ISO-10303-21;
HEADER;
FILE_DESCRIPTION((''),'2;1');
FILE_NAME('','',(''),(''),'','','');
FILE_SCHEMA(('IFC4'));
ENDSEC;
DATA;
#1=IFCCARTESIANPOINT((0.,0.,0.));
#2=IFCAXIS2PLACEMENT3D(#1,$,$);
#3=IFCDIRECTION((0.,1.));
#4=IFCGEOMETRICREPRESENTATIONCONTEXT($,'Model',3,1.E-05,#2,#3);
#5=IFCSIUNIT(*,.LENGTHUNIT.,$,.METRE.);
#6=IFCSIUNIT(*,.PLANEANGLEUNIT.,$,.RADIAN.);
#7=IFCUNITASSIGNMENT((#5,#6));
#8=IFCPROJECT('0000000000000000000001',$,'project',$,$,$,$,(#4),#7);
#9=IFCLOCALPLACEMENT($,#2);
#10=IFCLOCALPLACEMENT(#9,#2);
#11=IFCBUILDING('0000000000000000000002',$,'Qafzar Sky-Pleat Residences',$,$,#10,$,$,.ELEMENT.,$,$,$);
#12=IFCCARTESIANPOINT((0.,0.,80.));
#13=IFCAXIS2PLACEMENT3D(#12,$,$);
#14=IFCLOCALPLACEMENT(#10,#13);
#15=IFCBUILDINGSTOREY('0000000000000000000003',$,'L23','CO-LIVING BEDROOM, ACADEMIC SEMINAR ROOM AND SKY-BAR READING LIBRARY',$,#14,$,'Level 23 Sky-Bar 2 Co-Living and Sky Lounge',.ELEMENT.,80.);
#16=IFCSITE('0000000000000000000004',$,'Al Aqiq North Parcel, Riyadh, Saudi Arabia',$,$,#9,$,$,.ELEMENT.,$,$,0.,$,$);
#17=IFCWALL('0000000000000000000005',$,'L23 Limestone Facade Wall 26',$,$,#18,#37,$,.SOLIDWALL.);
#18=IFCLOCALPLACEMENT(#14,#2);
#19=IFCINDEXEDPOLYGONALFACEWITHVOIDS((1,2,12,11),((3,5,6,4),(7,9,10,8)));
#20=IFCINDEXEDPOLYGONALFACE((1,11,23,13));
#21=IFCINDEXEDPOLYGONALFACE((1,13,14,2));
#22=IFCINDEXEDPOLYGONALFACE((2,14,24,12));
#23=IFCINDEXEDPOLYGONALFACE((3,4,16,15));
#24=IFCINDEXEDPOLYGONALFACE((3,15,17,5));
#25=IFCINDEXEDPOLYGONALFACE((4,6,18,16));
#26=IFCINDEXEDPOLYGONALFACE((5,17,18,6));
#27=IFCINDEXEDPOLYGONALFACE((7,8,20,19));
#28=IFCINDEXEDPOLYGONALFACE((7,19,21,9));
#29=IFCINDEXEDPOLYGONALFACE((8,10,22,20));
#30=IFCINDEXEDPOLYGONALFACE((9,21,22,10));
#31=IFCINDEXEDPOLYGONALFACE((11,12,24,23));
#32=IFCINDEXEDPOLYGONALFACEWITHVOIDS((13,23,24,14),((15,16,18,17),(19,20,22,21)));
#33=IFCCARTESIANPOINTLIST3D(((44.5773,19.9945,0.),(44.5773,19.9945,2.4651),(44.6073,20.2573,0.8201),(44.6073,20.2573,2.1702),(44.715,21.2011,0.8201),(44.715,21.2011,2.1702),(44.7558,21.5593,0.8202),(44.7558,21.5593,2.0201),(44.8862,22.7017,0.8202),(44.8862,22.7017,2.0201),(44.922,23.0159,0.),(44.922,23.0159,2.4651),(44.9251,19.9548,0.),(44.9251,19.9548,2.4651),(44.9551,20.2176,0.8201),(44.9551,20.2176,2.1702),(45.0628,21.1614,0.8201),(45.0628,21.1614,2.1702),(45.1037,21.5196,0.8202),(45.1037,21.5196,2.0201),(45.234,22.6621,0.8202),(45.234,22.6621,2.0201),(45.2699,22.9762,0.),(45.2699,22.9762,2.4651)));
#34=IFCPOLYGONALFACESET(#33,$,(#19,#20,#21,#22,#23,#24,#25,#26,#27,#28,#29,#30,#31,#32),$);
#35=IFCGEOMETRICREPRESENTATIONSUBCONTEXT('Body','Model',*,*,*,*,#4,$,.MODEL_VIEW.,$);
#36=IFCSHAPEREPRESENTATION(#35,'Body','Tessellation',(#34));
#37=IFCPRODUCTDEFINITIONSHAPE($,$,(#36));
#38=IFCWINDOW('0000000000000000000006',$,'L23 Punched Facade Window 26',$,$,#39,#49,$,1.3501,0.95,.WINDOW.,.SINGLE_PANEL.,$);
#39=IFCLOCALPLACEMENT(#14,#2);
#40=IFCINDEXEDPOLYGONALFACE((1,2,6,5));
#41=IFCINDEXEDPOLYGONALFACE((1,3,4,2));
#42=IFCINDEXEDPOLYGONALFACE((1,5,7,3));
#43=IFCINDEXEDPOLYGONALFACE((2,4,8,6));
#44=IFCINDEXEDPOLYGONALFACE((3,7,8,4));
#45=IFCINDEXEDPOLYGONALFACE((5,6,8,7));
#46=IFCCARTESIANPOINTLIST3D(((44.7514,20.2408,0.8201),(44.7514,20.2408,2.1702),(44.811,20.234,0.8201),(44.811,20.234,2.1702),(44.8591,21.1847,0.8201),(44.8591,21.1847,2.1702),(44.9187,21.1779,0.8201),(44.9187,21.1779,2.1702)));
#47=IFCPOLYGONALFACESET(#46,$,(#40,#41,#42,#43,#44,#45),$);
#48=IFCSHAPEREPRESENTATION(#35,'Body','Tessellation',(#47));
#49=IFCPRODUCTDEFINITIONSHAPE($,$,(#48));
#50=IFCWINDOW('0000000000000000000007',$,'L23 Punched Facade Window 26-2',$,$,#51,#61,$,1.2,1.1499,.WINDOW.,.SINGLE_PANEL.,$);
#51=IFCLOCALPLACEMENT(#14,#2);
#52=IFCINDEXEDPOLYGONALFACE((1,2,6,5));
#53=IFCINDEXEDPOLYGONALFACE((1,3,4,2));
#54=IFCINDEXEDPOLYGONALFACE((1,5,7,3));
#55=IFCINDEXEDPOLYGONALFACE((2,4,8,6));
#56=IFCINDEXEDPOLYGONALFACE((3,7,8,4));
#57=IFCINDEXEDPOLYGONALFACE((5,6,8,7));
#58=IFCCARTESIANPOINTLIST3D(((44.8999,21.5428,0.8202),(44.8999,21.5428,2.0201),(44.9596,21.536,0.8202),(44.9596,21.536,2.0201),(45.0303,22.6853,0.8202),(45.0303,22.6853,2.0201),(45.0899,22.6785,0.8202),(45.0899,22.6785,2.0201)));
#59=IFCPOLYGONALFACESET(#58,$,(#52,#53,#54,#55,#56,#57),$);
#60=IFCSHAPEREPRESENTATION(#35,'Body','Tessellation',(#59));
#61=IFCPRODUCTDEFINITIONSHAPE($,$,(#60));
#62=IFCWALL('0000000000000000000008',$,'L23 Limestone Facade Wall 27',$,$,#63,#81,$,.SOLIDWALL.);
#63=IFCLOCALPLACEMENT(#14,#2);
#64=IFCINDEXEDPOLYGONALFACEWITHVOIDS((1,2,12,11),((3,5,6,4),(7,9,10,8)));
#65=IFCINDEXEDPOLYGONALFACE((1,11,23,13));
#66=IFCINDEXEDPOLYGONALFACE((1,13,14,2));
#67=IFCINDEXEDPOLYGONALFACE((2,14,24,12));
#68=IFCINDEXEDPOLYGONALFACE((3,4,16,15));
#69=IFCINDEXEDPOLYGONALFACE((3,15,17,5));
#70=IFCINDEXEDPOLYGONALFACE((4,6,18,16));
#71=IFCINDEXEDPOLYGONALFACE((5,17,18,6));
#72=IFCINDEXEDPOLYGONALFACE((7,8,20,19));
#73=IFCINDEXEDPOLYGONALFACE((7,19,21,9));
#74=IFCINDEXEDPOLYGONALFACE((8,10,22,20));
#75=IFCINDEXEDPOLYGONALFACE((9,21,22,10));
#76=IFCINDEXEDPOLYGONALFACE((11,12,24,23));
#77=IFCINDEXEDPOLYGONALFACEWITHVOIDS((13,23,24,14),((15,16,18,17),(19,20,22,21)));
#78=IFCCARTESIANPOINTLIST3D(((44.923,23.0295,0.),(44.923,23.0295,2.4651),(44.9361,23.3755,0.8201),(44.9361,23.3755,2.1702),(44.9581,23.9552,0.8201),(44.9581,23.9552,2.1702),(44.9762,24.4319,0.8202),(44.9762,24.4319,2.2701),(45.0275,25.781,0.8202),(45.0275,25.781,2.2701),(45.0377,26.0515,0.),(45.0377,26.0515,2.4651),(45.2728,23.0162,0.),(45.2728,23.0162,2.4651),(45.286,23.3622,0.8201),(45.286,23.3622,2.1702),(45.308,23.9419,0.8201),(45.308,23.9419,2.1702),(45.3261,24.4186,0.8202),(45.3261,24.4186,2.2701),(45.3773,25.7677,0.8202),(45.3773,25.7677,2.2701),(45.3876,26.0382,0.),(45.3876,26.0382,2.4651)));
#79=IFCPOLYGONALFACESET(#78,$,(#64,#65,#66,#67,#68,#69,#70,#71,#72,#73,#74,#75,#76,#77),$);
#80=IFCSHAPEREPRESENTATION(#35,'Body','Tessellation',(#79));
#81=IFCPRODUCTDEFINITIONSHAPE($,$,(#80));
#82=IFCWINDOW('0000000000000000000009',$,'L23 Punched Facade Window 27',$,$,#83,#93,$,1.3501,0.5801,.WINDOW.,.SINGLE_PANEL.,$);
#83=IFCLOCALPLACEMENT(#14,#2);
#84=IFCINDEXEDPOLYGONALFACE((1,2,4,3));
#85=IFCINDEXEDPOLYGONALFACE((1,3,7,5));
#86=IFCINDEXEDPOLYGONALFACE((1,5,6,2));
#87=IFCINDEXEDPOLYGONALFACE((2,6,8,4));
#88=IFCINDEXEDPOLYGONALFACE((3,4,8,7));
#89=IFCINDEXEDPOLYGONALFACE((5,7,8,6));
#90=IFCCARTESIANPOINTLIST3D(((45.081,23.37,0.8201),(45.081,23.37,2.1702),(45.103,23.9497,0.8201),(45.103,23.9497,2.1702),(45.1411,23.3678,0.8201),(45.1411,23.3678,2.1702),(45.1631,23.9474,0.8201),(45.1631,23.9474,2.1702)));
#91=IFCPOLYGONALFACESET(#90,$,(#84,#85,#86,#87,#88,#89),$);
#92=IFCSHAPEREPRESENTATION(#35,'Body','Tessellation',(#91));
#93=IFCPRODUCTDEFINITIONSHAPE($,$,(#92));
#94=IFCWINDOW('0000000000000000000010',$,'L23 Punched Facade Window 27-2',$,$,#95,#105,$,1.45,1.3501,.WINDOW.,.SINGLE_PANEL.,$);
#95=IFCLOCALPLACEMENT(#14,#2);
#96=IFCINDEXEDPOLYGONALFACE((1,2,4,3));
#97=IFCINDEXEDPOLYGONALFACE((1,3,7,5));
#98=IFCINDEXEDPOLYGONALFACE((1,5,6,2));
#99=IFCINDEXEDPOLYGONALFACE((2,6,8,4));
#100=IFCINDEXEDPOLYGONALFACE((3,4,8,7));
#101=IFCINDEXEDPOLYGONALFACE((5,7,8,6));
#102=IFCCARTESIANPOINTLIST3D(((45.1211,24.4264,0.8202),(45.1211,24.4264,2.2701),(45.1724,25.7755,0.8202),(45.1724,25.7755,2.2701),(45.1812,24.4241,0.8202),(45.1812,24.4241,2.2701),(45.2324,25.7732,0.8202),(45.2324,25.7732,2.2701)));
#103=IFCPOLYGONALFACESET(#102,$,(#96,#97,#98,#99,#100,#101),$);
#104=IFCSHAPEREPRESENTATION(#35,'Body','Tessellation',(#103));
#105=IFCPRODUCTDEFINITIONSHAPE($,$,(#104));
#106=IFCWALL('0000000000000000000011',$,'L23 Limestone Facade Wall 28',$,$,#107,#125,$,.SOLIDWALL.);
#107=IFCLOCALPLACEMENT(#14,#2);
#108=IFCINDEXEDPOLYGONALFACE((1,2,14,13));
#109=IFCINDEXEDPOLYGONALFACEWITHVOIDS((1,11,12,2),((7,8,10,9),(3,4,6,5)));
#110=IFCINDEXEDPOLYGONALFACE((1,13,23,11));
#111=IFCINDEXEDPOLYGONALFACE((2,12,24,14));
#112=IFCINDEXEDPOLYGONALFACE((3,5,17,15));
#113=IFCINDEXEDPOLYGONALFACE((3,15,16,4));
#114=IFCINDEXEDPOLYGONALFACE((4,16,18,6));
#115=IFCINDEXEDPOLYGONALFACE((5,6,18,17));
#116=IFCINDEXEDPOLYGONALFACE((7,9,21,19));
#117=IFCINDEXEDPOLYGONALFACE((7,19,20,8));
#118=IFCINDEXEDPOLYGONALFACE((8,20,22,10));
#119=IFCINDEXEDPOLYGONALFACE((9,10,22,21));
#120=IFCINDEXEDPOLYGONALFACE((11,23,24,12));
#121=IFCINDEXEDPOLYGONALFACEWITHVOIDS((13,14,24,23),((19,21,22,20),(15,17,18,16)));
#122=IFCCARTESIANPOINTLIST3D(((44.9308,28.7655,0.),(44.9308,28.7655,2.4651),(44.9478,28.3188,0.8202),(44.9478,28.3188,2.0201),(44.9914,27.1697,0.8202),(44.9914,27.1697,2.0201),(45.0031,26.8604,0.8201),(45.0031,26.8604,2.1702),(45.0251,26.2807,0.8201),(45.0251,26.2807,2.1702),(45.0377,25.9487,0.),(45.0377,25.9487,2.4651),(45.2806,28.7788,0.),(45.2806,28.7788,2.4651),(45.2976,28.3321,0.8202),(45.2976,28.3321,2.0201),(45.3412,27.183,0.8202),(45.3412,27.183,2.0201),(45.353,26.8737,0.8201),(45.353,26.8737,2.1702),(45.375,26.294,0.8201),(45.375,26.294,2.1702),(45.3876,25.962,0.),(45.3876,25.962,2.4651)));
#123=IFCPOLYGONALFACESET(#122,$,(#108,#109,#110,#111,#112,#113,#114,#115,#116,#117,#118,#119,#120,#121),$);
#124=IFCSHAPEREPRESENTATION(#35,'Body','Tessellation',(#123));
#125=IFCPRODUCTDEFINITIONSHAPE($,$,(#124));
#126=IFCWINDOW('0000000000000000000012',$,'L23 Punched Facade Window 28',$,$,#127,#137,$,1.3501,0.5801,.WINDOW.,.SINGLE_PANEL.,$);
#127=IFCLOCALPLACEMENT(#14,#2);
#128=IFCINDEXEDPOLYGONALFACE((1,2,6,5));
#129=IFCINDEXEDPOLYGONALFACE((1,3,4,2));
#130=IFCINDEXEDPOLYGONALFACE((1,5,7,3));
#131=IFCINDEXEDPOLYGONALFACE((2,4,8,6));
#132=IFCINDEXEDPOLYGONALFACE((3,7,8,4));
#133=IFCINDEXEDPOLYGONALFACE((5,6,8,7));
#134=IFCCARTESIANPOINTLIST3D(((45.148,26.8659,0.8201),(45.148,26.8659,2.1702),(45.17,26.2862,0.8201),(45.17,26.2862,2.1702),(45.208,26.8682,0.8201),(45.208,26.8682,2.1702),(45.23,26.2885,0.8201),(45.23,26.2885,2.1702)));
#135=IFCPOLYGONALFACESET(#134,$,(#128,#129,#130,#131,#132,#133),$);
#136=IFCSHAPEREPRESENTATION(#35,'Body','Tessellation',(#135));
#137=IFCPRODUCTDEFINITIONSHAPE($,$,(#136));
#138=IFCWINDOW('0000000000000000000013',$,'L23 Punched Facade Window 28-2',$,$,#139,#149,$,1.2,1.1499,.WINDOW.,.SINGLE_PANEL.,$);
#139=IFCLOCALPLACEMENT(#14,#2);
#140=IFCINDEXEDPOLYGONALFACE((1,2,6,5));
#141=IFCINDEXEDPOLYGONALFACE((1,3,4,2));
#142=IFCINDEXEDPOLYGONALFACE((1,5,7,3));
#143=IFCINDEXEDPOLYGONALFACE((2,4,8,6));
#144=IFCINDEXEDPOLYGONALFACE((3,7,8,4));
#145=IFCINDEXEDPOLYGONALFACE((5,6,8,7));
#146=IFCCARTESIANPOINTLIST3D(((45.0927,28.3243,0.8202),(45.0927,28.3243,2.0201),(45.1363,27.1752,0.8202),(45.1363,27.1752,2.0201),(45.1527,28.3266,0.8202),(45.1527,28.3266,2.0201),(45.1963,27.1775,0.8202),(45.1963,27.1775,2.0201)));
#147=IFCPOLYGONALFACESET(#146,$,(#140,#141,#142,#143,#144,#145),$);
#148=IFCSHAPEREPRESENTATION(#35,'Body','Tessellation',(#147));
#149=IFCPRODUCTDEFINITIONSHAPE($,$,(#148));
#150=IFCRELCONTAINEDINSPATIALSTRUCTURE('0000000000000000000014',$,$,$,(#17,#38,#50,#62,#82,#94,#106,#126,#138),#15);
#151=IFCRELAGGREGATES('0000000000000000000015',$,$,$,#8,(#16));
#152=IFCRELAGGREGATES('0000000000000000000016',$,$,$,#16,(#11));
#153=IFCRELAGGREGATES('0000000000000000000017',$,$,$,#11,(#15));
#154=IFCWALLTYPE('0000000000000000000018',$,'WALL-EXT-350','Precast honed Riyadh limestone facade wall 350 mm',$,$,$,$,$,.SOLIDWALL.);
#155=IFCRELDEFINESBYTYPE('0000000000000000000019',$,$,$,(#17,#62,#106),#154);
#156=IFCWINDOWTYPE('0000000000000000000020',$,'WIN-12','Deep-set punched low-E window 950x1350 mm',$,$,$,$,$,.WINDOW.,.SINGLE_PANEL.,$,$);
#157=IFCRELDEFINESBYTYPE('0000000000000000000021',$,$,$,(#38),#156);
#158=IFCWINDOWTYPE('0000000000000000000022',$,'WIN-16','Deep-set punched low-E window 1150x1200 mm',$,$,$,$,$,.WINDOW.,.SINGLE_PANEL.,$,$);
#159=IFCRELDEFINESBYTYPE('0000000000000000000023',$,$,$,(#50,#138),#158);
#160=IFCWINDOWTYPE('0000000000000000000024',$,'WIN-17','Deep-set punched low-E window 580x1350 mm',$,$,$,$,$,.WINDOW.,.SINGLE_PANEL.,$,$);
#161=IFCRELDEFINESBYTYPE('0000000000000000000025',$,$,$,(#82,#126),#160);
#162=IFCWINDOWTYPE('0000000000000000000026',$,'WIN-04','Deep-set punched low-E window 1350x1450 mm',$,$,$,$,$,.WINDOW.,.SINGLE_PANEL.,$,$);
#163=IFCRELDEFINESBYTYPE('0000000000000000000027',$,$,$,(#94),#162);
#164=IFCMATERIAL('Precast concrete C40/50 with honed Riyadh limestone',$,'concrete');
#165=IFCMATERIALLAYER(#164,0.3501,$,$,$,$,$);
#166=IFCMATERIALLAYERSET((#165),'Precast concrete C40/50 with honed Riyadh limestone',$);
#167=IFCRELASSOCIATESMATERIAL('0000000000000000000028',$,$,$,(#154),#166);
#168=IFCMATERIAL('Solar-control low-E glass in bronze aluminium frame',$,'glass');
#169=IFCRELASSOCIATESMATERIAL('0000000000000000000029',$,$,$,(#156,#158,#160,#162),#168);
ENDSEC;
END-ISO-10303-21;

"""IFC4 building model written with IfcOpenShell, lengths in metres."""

from ifc_helpers import new_model, si_unit, direction, frame, frame_2d, origin, place, context, subcontext, project, spatial, rectangle, extrude, source, transform, mapped, material, layer, layer_set, type_object, element, fill, save


model = new_model("IFC4")

# Units and contexts
model_context = context("Model", 3, precision=1e-05, world=origin(), true_north=direction((0.0, 1.0)))
body_context = subcontext(model_context, "Body", "Model", "MODEL_VIEW")
ifc_project = project(units=[si_unit("LENGTHUNIT", "METRE"), si_unit("PLANEANGLEUNIT", "RADIAN")], contexts=[model_context])

# Site, building, storey
site_placement = place(None, origin())
site = spatial("IfcSite", under=ifc_project, at=site_placement, Name="Al Aqiq North Parcel, Riyadh, Saudi Arabia", CompositionType="ELEMENT", RefElevation=0.0)
building_placement = place(site_placement, origin())
building = spatial("IfcBuilding", under=site, at=building_placement, Name="Qafzar Sky-Pleat Residences", CompositionType="ELEMENT")
storey_placement = place(building_placement, frame((0.0, 0.0, 80.0)))
storey = spatial("IfcBuildingStorey", under=building, at=storey_placement, Name="L23", Description="CO-LIVING BEDROOM, ACADEMIC SEMINAR ROOM AND SKY-BAR READING LIBRARY", LongName="Level 23 Sky-Bar 2 Co-Living and Sky Lounge", CompositionType="ELEMENT", Elevation=80.0)

# Shared definitions
ifc_material_1 = material(Name="Precast concrete C40/50 with honed Riyadh limestone", Category="concrete")
ifc_layer_1 = layer(ifc_material_1, 0.3501)
ifc_layer_set_1 = layer_set([ifc_layer_1], Name="Precast concrete C40/50 with honed Riyadh limestone")
wall_type_1 = type_object("IfcWallType", Name="WALL-EXT-350", Description="Precast honed Riyadh limestone facade wall 350 mm", PredefinedType="SOLIDWALL", material=ifc_layer_set_1)
ifc_material_2 = material(Name="Solar-control low-E glass in bronze aluminium frame", Category="glass")

# Walls, openings, windows
wall_1_placement = place(storey_placement, frame((44.7512, 19.9746, 0.0), z_axis=(0.0, 0.0, 1.0), x_axis=(0.113356, 0.993554, 0.0)))
wall_1 = element("IfcWall", 1, at=wall_1_placement, inside=storey, type_object=wall_type_1, Name="L23 Limestone Facade Wall 26", PredefinedType="SOLIDWALL", context=body_context, shape_type="SweptSolid", body=[
    extrude(rectangle(XDim=3.041, YDim=0.3501, at=frame_2d((1.5205, 0.0))), origin(), (0.0, 0.0, 1.0), 2.4651),
])
opening_1_placement = place(wall_1_placement, frame((0.2644, 0.0, 0.8201)))
opening_1 = element("IfcOpeningElement", 2, at=opening_1_placement, cuts=wall_1, PredefinedType="OPENING", context=body_context, shape_type="SweptSolid", body=[
    extrude(rectangle(XDim=0.95, YDim=1.3501, at=frame_2d((0.4751, 0.675))), frame((0.0, 0.1851, 0.0), z_axis=(0.0, -1.0, 0.0), x_axis=(1.0, 0.0, 0.0)), (0.0, 0.0, 1.0), 0.3701),
])
opening_2_placement = place(wall_1_placement, frame((1.575, 0.0, 0.8201)))
opening_2 = element("IfcOpeningElement", 3, at=opening_2_placement, cuts=wall_1, PredefinedType="OPENING", context=body_context, shape_type="SweptSolid", body=[
    extrude(rectangle(XDim=1.1499, YDim=1.2, at=frame_2d((0.575, 0.6001))), frame((0.0, 0.1851, 0.0), z_axis=(0.0, -1.0, 0.0), x_axis=(1.0, 0.0, 0.0)), (0.0, 0.0, 1.0), 0.3701),
])
window_type_1 = type_object("IfcWindowType", Name="WIN-12", Description="Deep-set punched low-E window 950x1350 mm", PartitioningType="SINGLE_PANEL", PredefinedType="WINDOW", material=ifc_material_2)
shared_shape_1 = source(origin(), body_context, "Body", "SweptSolid", [
    extrude(rectangle(XDim=0.95, YDim=1.3501, at=frame_2d((0.4751, 0.675))), frame((0.0, 0.03, 0.0), z_axis=(0.0, -1.0, 0.0), x_axis=(1.0, 0.0, 0.0)), (0.0, 0.0, 1.0), 0.0601),
])
window_1_placement = place(opening_1_placement, origin())
window_1 = element("IfcWindow", 4, at=window_1_placement, inside=storey, type_object=window_type_1, Name="L23 Punched Facade Window 26", OverallHeight=1.3501, OverallWidth=0.95, PartitioningType="SINGLE_PANEL", PredefinedType="WINDOW", context=body_context, shape_type="MappedRepresentation", body=[
    mapped(shared_shape_1, transform((0.0, 0.0, 0.0), x_axis=(1.0, 0.0, 0.0), y_axis=(0.0, 1.0, 0.0), z_axis=(0.0, 0.0, 1.0), scale=1.0)),
])
fill(opening_1, window_1)
window_type_2 = type_object("IfcWindowType", Name="WIN-16", Description="Deep-set punched low-E window 1150x1200 mm", PartitioningType="SINGLE_PANEL", PredefinedType="WINDOW", material=ifc_material_2)
shared_shape_2 = source(origin(), body_context, "Body", "SweptSolid", [
    extrude(rectangle(XDim=1.1499, YDim=1.2, at=frame_2d((0.575, 0.6001))), frame((0.0, 0.03, 0.0), z_axis=(0.0, -1.0, 0.0), x_axis=(1.0, 0.0, 0.0)), (0.0, 0.0, 1.0), 0.0601),
])
window_2_placement = place(opening_2_placement, origin())
window_2 = element("IfcWindow", 5, at=window_2_placement, inside=storey, type_object=window_type_2, Name="L23 Punched Facade Window 26-2", OverallHeight=1.2, OverallWidth=1.1499, PartitioningType="SINGLE_PANEL", PredefinedType="WINDOW", context=body_context, shape_type="MappedRepresentation", body=[
    mapped(shared_shape_2, transform((0.0, 0.0, 0.0), x_axis=(1.0, 0.0, 0.0), y_axis=(0.0, 1.0, 0.0), z_axis=(0.0, 0.0, 1.0), scale=1.0)),
])
fill(opening_2, window_2)
wall_2_placement = place(storey_placement, frame((45.0979, 23.0227, 0.0), z_axis=(0.0, 0.0, 1.0), x_axis=(0.037943, 0.99928, 0.0)))
wall_2 = element("IfcWall", 6, at=wall_2_placement, inside=storey, type_object=wall_type_1, Name="L23 Limestone Facade Wall 27", PredefinedType="SOLIDWALL", context=body_context, shape_type="SweptSolid", body=[
    extrude(rectangle(XDim=3.0242, YDim=0.3501, at=frame_2d((1.5122, 0.0))), origin(), (0.0, 0.0, 1.0), 2.4651),
])
opening_3_placement = place(wall_2_placement, frame((0.3464, 0.0, 0.8201)))
opening_3 = element("IfcOpeningElement", 7, at=opening_3_placement, cuts=wall_2, PredefinedType="OPENING", context=body_context, shape_type="SweptSolid", body=[
    extrude(rectangle(XDim=0.5801, YDim=1.3501, at=frame_2d((0.29, 0.675))), frame((0.0, 0.1851, 0.0), z_axis=(0.0, -1.0, 0.0), x_axis=(1.0, 0.0, 0.0)), (0.0, 0.0, 1.0), 0.3701),
])
opening_4_placement = place(wall_2_placement, frame((1.4036, 0.0, 0.8201)))
opening_4 = element("IfcOpeningElement", 8, at=opening_4_placement, cuts=wall_2, PredefinedType="OPENING", context=body_context, shape_type="SweptSolid", body=[
    extrude(rectangle(XDim=1.3501, YDim=1.45, at=frame_2d((0.675, 0.7251))), frame((0.0, 0.1851, 0.0), z_axis=(0.0, -1.0, 0.0), x_axis=(1.0, 0.0, 0.0)), (0.0, 0.0, 1.0), 0.3701),
])
window_type_3 = type_object("IfcWindowType", Name="WIN-17", Description="Deep-set punched low-E window 580x1350 mm", PartitioningType="SINGLE_PANEL", PredefinedType="WINDOW", material=ifc_material_2)
shared_shape_3 = source(origin(), body_context, "Body", "SweptSolid", [
    extrude(rectangle(XDim=0.5801, YDim=1.3501, at=frame_2d((0.29, 0.675))), frame((0.0, 0.03, 0.0), z_axis=(0.0, -1.0, 0.0), x_axis=(1.0, 0.0, 0.0)), (0.0, 0.0, 1.0), 0.0601),
])
window_3_placement = place(opening_3_placement, origin())
window_3 = element("IfcWindow", 9, at=window_3_placement, inside=storey, type_object=window_type_3, Name="L23 Punched Facade Window 27", OverallHeight=1.3501, OverallWidth=0.5801, PartitioningType="SINGLE_PANEL", PredefinedType="WINDOW", context=body_context, shape_type="MappedRepresentation", body=[
    mapped(shared_shape_3, transform((0.0, 0.0, 0.0), x_axis=(1.0, 0.0, 0.0), y_axis=(0.0, 1.0, 0.0), z_axis=(0.0, 0.0, 1.0), scale=1.0)),
])
fill(opening_3, window_3)
window_type_4 = type_object("IfcWindowType", Name="WIN-04", Description="Deep-set punched low-E window 1350x1450 mm", PartitioningType="SINGLE_PANEL", PredefinedType="WINDOW", material=ifc_material_2)
shared_shape_4 = source(origin(), body_context, "Body", "SweptSolid", [
    extrude(rectangle(XDim=1.3501, YDim=1.45, at=frame_2d((0.675, 0.7251))), frame((0.0, 0.03, 0.0), z_axis=(0.0, -1.0, 0.0), x_axis=(1.0, 0.0, 0.0)), (0.0, 0.0, 1.0), 0.0601),
])
window_4_placement = place(opening_4_placement, origin())
window_4 = element("IfcWindow", 10, at=window_4_placement, inside=storey, type_object=window_type_4, Name="L23 Punched Facade Window 27-2", OverallHeight=1.45, OverallWidth=1.3501, PartitioningType="SINGLE_PANEL", PredefinedType="WINDOW", context=body_context, shape_type="MappedRepresentation", body=[
    mapped(shared_shape_4, transform((0.0, 0.0, 0.0), x_axis=(1.0, 0.0, 0.0), y_axis=(0.0, 1.0, 0.0), z_axis=(0.0, 0.0, 1.0), scale=1.0)),
])
fill(opening_4, window_4)
wall_3_placement = place(storey_placement, frame((45.2126, 25.9553, 0.0), z_axis=(0.0, 0.0, 1.0), x_axis=(-0.037934, 0.99928, 0.0)))
wall_3 = element("IfcWall", 11, at=wall_3_placement, inside=storey, type_object=wall_type_1, Name="L23 Limestone Facade Wall 28", PredefinedType="SOLIDWALL", context=body_context, shape_type="SweptSolid", body=[
    extrude(rectangle(XDim=2.8188, YDim=0.3501, at=frame_2d((1.4094, 0.0))), origin(), (0.0, 0.0, 1.0), 2.4651),
])
opening_5_placement = place(wall_3_placement, frame((0.3323, 0.0, 0.8201)))
opening_5 = element("IfcOpeningElement", 12, at=opening_5_placement, cuts=wall_3, PredefinedType="OPENING", context=body_context, shape_type="SweptSolid", body=[
    extrude(rectangle(XDim=0.5801, YDim=1.3501, at=frame_2d((0.29, 0.675))), frame((0.0, 0.1851, 0.0), z_axis=(0.0, -1.0, 0.0), x_axis=(1.0, 0.0, 0.0)), (0.0, 0.0, 1.0), 0.3701),
])
opening_6_placement = place(wall_3_placement, frame((1.2219, 0.0, 0.8201)))
opening_6 = element("IfcOpeningElement", 13, at=opening_6_placement, cuts=wall_3, PredefinedType="OPENING", context=body_context, shape_type="SweptSolid", body=[
    extrude(rectangle(XDim=1.1499, YDim=1.2, at=frame_2d((0.575, 0.6001))), frame((0.0, 0.1851, 0.0), z_axis=(0.0, -1.0, 0.0), x_axis=(1.0, 0.0, 0.0)), (0.0, 0.0, 1.0), 0.3701),
])
window_5_placement = place(opening_5_placement, origin())
window_5 = element("IfcWindow", 14, at=window_5_placement, inside=storey, type_object=window_type_3, Name="L23 Punched Facade Window 28", OverallHeight=1.3501, OverallWidth=0.5801, PartitioningType="SINGLE_PANEL", PredefinedType="WINDOW", context=body_context, shape_type="MappedRepresentation", body=[
    mapped(shared_shape_3, transform((0.0, 0.0, 0.0), x_axis=(1.0, 0.0, 0.0), y_axis=(0.0, 1.0, 0.0), z_axis=(0.0, 0.0, 1.0), scale=1.0)),
])
fill(opening_5, window_5)
window_6_placement = place(opening_6_placement, origin())
window_6 = element("IfcWindow", 15, at=window_6_placement, inside=storey, type_object=window_type_2, Name="L23 Punched Facade Window 28-2", OverallHeight=1.2, OverallWidth=1.1499, PartitioningType="SINGLE_PANEL", PredefinedType="WINDOW", context=body_context, shape_type="MappedRepresentation", body=[
    mapped(shared_shape_2, transform((0.0, 0.0, 0.0), x_axis=(1.0, 0.0, 0.0), y_axis=(0.0, 1.0, 0.0), z_axis=(0.0, 0.0, 1.0), scale=1.0)),
])
fill(opening_6, window_6)

save(model, "model.ifc")
